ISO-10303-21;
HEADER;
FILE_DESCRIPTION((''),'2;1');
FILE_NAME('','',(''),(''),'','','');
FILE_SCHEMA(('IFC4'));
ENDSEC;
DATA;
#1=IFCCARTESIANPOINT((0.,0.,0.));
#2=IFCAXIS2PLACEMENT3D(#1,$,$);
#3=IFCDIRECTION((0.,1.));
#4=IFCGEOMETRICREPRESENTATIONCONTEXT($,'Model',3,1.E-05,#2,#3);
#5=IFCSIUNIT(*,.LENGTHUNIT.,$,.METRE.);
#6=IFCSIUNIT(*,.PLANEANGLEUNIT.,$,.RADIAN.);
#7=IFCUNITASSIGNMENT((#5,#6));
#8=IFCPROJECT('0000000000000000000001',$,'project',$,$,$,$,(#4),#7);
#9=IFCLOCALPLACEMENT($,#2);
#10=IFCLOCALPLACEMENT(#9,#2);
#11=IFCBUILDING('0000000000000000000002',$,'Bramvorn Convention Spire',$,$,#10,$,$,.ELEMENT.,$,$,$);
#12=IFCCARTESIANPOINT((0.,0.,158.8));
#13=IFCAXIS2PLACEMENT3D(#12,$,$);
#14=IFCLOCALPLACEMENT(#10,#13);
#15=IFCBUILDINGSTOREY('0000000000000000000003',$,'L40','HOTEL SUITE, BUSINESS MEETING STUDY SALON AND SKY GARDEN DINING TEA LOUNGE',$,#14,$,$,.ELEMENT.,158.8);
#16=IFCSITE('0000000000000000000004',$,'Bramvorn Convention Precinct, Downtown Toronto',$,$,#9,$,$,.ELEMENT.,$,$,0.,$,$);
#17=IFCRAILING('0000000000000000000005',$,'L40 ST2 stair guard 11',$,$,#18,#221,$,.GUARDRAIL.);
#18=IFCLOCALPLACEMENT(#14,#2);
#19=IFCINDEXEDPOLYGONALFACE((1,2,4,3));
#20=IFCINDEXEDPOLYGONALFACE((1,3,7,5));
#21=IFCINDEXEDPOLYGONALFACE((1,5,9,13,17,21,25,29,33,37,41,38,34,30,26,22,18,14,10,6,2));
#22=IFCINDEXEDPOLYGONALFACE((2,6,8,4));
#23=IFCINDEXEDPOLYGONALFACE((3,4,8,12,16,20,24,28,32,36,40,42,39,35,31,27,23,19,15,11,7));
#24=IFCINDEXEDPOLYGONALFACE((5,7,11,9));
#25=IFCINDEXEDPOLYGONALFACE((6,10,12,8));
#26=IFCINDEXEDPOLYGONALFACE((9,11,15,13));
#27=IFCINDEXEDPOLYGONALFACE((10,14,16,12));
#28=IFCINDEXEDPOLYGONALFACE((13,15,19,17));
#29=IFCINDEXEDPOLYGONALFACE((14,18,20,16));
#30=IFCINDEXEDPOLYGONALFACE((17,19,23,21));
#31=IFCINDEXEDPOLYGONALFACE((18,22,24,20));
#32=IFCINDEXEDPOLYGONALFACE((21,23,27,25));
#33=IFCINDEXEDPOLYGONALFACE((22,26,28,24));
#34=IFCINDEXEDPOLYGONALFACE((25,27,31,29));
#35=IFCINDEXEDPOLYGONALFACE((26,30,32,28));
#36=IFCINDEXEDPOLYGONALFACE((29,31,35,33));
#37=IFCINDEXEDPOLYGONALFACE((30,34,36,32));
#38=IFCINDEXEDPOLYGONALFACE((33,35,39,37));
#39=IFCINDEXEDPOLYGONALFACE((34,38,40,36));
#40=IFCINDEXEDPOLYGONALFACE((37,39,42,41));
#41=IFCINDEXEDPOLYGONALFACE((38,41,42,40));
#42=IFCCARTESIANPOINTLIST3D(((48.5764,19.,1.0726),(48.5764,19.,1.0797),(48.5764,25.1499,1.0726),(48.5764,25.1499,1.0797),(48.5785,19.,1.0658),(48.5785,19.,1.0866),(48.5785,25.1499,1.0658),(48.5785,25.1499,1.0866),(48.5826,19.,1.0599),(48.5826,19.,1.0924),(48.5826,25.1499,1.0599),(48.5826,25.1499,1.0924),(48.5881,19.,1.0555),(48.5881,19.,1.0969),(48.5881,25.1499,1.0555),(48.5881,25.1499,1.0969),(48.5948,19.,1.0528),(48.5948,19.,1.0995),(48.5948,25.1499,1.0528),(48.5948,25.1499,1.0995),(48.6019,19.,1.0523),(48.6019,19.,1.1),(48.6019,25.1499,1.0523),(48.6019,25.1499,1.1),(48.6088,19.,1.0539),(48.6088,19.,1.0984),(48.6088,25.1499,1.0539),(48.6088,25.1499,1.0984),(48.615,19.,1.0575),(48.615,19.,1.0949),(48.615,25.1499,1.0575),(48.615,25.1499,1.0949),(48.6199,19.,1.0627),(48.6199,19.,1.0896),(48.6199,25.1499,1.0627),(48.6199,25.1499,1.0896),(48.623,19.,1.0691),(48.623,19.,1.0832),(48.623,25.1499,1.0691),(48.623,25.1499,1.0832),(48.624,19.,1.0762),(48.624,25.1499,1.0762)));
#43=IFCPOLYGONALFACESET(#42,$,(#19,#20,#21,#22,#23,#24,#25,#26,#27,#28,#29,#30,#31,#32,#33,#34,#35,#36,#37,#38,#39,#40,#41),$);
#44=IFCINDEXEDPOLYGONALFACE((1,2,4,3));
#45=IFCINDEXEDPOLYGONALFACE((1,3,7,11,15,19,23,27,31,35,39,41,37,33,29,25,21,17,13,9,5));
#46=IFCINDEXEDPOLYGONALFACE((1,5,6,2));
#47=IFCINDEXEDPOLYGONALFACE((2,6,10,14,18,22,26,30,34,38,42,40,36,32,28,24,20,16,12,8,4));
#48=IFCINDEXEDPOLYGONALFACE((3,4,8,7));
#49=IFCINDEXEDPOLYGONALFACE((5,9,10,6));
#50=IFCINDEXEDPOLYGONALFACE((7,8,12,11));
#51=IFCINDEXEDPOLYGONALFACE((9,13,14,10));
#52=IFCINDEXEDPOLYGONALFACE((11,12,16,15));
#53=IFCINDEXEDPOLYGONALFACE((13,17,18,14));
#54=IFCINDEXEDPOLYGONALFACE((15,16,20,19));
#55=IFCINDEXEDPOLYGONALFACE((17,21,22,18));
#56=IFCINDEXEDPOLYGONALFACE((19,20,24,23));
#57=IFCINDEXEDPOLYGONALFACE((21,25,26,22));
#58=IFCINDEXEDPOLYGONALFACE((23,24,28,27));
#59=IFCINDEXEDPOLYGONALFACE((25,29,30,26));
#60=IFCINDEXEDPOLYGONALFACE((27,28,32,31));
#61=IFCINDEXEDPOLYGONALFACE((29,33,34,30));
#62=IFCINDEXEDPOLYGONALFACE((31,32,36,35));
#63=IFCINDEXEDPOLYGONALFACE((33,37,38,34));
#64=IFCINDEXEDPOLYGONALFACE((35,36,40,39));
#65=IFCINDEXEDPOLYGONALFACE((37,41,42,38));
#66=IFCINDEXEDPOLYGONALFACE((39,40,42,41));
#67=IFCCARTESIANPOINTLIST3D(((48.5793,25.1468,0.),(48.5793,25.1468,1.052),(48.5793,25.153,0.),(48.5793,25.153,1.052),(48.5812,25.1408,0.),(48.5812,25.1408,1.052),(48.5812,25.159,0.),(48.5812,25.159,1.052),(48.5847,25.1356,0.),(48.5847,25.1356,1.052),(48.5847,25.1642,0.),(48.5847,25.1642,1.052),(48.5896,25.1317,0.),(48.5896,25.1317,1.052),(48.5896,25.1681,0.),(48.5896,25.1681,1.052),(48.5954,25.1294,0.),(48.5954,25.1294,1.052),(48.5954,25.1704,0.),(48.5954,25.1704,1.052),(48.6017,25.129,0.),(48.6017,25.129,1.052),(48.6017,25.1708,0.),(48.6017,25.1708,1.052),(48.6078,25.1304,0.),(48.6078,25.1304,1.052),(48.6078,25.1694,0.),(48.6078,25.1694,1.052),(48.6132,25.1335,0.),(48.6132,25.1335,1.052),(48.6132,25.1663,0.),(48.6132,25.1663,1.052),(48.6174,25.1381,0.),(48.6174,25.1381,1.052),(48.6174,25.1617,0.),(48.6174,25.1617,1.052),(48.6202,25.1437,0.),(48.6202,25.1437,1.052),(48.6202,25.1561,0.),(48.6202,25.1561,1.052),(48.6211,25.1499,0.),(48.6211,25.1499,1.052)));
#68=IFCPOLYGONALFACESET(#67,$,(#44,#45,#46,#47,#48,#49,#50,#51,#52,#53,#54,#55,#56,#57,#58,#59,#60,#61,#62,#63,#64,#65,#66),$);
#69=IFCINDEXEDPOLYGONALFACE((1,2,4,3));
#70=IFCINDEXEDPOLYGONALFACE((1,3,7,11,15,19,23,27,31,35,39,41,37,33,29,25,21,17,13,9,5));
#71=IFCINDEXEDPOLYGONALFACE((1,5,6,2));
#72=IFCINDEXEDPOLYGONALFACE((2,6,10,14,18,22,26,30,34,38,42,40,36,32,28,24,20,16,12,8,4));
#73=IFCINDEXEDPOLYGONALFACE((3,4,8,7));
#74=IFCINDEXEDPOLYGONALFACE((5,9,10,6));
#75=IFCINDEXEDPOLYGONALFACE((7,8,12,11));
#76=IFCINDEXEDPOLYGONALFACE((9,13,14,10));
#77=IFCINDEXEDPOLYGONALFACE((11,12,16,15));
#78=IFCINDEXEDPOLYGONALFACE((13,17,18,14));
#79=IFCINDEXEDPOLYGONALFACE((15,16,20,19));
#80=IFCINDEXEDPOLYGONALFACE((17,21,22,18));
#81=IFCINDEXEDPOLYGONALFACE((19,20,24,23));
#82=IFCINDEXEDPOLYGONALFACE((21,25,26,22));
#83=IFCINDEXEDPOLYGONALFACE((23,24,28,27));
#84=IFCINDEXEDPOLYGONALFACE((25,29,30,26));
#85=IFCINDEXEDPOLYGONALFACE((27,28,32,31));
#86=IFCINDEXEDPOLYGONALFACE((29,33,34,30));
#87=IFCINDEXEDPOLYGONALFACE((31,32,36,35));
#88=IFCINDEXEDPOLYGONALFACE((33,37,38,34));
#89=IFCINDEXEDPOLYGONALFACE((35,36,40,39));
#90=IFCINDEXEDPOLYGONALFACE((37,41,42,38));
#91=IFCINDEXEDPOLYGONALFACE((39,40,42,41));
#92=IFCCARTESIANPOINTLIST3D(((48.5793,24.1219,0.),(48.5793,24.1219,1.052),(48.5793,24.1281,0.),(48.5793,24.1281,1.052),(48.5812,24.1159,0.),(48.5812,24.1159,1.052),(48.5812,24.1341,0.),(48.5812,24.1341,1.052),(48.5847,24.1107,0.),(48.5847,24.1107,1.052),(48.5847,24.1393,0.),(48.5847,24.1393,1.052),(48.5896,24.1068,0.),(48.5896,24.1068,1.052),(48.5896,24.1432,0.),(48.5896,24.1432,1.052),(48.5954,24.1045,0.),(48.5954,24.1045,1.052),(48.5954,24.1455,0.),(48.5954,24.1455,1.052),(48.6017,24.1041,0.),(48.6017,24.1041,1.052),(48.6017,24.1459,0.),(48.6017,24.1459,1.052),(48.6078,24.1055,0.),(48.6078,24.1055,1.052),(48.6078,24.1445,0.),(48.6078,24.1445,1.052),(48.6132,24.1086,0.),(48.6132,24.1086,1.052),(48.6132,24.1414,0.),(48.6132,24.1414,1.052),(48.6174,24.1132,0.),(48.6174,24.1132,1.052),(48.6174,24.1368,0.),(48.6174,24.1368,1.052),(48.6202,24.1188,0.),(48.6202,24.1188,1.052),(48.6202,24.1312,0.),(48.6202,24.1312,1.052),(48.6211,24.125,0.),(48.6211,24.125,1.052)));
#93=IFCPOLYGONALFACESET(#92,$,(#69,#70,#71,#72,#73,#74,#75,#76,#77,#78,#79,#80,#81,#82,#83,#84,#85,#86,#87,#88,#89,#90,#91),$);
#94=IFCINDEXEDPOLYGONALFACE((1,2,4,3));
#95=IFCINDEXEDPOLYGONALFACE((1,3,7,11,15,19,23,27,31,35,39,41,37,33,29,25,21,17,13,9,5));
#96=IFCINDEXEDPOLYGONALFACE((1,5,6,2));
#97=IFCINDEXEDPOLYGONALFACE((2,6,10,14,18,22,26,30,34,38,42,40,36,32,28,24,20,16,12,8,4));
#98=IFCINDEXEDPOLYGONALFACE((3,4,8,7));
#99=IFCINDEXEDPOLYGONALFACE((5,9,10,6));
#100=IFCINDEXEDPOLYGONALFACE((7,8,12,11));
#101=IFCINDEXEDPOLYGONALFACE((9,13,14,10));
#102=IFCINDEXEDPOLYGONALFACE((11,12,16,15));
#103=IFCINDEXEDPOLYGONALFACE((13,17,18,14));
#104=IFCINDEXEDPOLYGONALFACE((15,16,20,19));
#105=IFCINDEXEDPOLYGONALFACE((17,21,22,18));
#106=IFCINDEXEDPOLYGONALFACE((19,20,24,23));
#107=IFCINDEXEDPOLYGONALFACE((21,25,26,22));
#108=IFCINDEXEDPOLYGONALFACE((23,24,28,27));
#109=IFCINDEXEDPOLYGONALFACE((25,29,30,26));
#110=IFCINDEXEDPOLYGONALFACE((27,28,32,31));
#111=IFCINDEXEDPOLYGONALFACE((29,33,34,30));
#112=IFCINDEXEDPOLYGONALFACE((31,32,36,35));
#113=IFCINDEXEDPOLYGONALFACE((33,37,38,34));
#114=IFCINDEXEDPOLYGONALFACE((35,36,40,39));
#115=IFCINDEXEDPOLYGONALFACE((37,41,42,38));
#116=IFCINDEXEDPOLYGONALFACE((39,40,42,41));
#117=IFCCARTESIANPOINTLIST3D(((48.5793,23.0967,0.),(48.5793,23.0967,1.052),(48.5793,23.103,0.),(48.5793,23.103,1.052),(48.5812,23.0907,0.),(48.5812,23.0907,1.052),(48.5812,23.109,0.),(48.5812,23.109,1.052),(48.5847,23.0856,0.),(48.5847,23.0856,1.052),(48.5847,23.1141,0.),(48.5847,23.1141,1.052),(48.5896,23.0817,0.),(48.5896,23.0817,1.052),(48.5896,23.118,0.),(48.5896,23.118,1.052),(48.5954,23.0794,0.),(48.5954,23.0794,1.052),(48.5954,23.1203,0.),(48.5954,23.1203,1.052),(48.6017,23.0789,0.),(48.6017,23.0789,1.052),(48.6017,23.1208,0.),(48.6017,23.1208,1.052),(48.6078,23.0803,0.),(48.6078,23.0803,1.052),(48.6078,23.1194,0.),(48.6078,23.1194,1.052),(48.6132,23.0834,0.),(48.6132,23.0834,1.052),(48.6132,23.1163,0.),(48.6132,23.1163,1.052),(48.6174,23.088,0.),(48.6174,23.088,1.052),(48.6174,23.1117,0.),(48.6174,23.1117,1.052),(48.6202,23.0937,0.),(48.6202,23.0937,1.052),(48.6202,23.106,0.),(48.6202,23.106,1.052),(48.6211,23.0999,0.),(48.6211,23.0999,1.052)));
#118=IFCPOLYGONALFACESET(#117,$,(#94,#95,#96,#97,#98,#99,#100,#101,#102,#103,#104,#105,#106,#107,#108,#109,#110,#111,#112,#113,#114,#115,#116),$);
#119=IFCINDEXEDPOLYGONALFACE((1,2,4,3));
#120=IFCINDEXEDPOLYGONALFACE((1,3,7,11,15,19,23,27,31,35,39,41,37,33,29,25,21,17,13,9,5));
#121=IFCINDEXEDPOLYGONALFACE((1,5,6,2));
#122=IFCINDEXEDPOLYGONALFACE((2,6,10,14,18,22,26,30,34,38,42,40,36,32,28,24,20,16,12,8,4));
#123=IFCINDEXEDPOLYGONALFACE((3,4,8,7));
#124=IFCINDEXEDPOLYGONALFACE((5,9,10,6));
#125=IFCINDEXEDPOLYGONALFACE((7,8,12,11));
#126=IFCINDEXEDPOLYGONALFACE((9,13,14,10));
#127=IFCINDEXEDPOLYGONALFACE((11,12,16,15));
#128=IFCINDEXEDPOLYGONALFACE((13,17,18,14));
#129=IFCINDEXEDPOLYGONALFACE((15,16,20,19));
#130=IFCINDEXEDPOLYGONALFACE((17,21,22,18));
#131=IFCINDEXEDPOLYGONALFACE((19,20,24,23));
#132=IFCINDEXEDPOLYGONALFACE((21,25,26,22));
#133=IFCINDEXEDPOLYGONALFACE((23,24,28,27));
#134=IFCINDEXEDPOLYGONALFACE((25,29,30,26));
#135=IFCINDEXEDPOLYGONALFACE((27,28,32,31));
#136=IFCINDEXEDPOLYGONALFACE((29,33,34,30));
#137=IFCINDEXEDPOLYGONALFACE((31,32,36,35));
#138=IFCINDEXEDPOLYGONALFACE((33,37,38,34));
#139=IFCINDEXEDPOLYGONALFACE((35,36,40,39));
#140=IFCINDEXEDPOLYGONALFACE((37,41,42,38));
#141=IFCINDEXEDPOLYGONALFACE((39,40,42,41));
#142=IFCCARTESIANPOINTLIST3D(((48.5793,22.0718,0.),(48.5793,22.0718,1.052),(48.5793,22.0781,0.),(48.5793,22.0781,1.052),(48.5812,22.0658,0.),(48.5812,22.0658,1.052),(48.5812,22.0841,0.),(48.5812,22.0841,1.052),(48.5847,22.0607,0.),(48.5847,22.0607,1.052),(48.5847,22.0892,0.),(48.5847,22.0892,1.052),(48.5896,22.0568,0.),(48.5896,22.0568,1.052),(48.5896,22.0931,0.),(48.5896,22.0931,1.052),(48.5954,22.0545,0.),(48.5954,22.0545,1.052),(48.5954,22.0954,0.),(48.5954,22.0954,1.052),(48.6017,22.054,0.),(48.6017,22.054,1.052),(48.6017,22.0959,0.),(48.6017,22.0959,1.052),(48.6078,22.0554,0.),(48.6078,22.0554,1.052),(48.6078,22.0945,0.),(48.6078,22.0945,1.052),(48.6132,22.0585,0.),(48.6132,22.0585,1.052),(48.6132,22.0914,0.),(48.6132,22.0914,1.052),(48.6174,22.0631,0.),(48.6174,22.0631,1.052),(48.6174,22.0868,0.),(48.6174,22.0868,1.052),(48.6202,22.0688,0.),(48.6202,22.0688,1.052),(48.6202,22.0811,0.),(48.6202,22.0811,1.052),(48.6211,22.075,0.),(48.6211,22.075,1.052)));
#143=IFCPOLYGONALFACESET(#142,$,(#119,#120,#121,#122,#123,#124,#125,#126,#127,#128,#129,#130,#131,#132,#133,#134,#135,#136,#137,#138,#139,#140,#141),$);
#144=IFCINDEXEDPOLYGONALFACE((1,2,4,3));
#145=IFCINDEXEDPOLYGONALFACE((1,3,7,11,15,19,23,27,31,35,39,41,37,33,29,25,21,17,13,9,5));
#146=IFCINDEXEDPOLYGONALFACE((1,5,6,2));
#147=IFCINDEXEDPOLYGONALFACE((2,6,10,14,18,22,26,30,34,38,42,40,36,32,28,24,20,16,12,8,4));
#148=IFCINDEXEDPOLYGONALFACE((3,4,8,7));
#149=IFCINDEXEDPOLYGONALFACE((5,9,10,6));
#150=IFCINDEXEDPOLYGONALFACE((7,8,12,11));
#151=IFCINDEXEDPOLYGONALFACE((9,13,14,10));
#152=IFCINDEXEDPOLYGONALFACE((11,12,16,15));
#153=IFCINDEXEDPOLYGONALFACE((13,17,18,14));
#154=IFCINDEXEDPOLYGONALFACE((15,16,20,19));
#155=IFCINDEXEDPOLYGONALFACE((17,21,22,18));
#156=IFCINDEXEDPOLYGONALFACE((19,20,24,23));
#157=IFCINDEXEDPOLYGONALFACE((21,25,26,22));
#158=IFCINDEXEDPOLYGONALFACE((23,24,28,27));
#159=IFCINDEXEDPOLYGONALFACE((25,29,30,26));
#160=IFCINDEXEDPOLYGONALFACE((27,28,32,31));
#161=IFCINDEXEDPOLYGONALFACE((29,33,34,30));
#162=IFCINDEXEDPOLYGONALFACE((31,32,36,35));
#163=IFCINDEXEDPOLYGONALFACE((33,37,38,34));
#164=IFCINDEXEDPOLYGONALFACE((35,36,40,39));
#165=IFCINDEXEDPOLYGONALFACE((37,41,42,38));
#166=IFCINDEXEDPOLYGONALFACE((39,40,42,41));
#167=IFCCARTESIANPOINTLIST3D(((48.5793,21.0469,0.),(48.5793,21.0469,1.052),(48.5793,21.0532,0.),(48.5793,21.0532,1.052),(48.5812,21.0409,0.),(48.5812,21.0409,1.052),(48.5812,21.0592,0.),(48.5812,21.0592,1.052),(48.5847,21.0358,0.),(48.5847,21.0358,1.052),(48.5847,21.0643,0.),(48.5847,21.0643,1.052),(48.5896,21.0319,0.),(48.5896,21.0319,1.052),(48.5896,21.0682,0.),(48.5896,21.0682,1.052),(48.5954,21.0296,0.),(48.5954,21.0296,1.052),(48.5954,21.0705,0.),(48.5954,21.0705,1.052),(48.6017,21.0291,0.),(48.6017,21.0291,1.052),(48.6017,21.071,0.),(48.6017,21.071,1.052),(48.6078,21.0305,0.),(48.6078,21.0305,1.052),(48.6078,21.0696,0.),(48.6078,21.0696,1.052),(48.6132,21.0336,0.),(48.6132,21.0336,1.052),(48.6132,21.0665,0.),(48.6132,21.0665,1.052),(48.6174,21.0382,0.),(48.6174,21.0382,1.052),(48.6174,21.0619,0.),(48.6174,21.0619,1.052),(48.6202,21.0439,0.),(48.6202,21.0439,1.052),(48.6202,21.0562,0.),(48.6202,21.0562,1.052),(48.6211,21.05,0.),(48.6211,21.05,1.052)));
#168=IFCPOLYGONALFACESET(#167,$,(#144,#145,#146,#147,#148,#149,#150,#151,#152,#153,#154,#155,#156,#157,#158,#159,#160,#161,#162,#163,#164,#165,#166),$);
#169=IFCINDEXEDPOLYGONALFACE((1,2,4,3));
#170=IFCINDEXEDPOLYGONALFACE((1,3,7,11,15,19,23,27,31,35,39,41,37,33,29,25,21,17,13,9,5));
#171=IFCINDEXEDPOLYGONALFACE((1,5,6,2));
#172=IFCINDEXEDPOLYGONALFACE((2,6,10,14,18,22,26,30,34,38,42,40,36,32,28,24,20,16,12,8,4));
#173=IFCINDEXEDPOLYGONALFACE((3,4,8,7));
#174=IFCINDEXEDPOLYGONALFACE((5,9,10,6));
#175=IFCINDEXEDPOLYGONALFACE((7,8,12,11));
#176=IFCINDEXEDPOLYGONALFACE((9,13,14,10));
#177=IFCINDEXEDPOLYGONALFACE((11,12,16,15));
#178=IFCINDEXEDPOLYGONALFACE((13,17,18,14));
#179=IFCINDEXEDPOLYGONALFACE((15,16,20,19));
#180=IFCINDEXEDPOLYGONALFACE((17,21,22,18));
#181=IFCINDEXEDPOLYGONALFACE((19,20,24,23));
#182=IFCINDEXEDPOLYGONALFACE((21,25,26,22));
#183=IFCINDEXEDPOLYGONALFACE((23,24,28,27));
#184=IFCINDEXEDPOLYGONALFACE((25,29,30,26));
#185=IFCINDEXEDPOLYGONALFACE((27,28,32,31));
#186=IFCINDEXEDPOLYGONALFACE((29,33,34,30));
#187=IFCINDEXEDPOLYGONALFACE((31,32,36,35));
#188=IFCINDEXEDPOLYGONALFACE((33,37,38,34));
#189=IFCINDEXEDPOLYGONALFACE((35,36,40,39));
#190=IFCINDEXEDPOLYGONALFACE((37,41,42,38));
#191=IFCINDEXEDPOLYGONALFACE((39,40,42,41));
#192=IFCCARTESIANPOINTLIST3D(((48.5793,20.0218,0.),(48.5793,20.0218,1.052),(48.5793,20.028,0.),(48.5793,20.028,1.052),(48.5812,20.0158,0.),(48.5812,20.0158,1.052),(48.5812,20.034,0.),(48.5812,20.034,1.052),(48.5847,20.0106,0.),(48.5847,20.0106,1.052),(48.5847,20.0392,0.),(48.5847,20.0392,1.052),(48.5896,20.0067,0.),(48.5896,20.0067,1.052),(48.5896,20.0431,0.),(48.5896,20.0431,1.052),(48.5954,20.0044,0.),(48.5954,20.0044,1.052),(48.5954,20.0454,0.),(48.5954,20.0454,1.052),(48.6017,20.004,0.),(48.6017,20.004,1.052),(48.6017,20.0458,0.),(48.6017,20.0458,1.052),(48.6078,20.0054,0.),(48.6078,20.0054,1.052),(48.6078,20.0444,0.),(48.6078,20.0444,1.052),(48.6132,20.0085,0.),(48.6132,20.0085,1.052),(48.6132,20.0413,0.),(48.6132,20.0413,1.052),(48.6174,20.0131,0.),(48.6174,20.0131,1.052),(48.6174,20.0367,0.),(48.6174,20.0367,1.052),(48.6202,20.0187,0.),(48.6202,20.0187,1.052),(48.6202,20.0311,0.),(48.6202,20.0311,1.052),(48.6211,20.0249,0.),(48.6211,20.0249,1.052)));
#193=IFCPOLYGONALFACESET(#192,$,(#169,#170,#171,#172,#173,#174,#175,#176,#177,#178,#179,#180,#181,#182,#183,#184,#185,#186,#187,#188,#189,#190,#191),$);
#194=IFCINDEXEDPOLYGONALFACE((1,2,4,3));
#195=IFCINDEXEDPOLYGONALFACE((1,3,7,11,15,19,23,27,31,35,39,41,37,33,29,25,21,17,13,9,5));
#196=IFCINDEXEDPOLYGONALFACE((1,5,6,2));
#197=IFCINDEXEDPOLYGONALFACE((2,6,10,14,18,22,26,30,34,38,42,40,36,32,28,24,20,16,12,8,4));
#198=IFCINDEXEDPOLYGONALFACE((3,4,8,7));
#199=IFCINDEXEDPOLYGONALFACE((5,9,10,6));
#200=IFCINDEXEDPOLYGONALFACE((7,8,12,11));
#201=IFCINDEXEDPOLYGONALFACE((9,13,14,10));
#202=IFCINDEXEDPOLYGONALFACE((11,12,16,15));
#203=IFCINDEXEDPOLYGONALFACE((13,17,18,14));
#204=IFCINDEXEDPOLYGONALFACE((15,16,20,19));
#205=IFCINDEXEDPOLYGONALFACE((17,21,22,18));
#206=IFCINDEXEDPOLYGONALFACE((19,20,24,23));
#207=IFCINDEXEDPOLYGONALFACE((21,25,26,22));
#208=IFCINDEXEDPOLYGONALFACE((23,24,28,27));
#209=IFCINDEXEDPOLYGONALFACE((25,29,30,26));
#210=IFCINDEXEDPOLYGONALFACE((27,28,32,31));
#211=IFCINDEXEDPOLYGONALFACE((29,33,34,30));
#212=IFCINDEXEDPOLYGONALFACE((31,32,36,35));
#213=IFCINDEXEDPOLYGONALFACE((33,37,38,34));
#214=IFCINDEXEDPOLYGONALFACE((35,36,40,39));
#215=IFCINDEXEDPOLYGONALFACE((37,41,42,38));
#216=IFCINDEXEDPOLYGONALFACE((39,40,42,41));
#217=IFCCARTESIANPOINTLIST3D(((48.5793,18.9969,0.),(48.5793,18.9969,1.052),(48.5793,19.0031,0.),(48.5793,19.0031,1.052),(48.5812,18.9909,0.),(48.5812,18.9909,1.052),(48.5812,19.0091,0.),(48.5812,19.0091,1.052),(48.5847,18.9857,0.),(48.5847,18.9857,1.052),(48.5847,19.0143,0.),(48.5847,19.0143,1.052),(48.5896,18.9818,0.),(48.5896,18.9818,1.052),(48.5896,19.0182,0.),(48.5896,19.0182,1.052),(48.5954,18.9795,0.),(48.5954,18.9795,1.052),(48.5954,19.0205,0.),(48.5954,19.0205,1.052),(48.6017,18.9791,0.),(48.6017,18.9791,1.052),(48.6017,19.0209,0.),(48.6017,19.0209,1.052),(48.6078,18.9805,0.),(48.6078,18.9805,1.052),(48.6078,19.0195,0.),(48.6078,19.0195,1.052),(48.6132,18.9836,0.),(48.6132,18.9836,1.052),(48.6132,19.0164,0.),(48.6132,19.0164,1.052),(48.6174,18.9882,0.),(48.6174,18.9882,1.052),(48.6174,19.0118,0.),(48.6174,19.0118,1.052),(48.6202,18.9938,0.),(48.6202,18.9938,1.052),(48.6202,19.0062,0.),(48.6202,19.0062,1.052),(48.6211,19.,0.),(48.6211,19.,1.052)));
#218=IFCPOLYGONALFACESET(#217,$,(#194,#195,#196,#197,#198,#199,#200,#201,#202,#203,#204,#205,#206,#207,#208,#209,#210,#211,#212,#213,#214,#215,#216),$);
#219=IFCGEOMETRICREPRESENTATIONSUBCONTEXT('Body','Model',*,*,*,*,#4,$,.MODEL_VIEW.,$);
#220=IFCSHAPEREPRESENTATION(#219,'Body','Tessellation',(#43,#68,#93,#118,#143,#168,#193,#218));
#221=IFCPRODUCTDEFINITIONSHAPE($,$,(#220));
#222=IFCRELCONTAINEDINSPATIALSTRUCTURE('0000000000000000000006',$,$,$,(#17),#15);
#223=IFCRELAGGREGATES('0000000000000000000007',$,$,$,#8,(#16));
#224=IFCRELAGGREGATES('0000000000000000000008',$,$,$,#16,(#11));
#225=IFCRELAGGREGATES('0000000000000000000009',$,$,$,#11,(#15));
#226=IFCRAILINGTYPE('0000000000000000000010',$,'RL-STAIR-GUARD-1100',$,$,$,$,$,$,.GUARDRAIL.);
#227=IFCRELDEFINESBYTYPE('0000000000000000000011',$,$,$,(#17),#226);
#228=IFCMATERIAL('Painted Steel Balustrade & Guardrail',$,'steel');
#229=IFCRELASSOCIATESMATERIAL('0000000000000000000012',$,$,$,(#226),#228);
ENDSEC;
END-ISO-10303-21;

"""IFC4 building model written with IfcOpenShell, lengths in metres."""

from ifc_helpers import new_model, si_unit, direction, frame, origin, origin_2d, place, context, subcontext, project, spatial, circle, extrude, material, type_object, element, save


model = new_model("IFC4")

# Units and contexts
model_context = context("Model", 3, precision=1e-05, world=origin(), true_north=direction((0.0, 1.0)))
body_context = subcontext(model_context, "Body", "Model", "MODEL_VIEW")
ifc_project = project(units=[si_unit("LENGTHUNIT", "METRE"), si_unit("PLANEANGLEUNIT", "RADIAN")], contexts=[model_context])

# Site, building, storey
site_placement = place(None, origin())
site = spatial("IfcSite", under=ifc_project, at=site_placement, Name="Bramvorn Convention Precinct, Downtown Toronto", CompositionType="ELEMENT", RefElevation=0.0)
building_placement = place(site_placement, origin())
building = spatial("IfcBuilding", under=site, at=building_placement, Name="Bramvorn Convention Spire", CompositionType="ELEMENT")
storey_placement = place(building_placement, frame((0.0, 0.0, 158.8)))
storey = spatial("IfcBuildingStorey", under=building, at=storey_placement, Name="L40", Description="HOTEL SUITE, BUSINESS MEETING STUDY SALON AND SKY GARDEN DINING TEA LOUNGE", CompositionType="ELEMENT", Elevation=158.8)

# Railing
ifc_material_1 = material(Name="Painted Steel Balustrade & Guardrail", Category="steel")
railing_type_1 = type_object("IfcRailingType", Name="RL-STAIR-GUARD-1100", PredefinedType="GUARDRAIL", material=ifc_material_1)
railing_1_placement = place(storey_placement, frame((48.6001, 25.1499, 0.0)))
element("IfcRailing", 1, at=railing_1_placement, inside=storey, type_object=railing_type_1, Name="L40 ST2 stair guard 11", PredefinedType="GUARDRAIL", context=body_context, shape_type="SweptSolid", body=[
    extrude(circle(Radius=0.0239, at=origin_2d()), frame((0.0, 0.0, 1.0762), z_axis=(0.0, -1.0, 0.0), x_axis=(1.0, 0.0, 0.0)), (0.0, 0.0, 1.0), 6.1499),
    extrude(circle(Radius=0.021, at=origin_2d()), origin(), (0.0, 0.0, 1.0), 1.052),
    extrude(circle(Radius=0.021, at=origin_2d()), frame((0.0, -1.0249, 0.0)), (0.0, 0.0, 1.0), 1.052),
    extrude(circle(Radius=0.021, at=origin_2d()), frame((0.0, -2.05, 0.0)), (0.0, 0.0, 1.0), 1.052),
    extrude(circle(Radius=0.021, at=origin_2d()), frame((0.0, -3.075, 0.0)), (0.0, 0.0, 1.0), 1.052),
    extrude(circle(Radius=0.021, at=origin_2d()), frame((0.0, -4.0999, 0.0)), (0.0, 0.0, 1.0), 1.052),
    extrude(circle(Radius=0.021, at=origin_2d()), frame((0.0, -5.125, 0.0)), (0.0, 0.0, 1.0), 1.052),
    extrude(circle(Radius=0.021, at=origin_2d()), frame((0.0, -6.1499, 0.0)), (0.0, 0.0, 1.0), 1.052),
])

save(model, "model.ifc")
